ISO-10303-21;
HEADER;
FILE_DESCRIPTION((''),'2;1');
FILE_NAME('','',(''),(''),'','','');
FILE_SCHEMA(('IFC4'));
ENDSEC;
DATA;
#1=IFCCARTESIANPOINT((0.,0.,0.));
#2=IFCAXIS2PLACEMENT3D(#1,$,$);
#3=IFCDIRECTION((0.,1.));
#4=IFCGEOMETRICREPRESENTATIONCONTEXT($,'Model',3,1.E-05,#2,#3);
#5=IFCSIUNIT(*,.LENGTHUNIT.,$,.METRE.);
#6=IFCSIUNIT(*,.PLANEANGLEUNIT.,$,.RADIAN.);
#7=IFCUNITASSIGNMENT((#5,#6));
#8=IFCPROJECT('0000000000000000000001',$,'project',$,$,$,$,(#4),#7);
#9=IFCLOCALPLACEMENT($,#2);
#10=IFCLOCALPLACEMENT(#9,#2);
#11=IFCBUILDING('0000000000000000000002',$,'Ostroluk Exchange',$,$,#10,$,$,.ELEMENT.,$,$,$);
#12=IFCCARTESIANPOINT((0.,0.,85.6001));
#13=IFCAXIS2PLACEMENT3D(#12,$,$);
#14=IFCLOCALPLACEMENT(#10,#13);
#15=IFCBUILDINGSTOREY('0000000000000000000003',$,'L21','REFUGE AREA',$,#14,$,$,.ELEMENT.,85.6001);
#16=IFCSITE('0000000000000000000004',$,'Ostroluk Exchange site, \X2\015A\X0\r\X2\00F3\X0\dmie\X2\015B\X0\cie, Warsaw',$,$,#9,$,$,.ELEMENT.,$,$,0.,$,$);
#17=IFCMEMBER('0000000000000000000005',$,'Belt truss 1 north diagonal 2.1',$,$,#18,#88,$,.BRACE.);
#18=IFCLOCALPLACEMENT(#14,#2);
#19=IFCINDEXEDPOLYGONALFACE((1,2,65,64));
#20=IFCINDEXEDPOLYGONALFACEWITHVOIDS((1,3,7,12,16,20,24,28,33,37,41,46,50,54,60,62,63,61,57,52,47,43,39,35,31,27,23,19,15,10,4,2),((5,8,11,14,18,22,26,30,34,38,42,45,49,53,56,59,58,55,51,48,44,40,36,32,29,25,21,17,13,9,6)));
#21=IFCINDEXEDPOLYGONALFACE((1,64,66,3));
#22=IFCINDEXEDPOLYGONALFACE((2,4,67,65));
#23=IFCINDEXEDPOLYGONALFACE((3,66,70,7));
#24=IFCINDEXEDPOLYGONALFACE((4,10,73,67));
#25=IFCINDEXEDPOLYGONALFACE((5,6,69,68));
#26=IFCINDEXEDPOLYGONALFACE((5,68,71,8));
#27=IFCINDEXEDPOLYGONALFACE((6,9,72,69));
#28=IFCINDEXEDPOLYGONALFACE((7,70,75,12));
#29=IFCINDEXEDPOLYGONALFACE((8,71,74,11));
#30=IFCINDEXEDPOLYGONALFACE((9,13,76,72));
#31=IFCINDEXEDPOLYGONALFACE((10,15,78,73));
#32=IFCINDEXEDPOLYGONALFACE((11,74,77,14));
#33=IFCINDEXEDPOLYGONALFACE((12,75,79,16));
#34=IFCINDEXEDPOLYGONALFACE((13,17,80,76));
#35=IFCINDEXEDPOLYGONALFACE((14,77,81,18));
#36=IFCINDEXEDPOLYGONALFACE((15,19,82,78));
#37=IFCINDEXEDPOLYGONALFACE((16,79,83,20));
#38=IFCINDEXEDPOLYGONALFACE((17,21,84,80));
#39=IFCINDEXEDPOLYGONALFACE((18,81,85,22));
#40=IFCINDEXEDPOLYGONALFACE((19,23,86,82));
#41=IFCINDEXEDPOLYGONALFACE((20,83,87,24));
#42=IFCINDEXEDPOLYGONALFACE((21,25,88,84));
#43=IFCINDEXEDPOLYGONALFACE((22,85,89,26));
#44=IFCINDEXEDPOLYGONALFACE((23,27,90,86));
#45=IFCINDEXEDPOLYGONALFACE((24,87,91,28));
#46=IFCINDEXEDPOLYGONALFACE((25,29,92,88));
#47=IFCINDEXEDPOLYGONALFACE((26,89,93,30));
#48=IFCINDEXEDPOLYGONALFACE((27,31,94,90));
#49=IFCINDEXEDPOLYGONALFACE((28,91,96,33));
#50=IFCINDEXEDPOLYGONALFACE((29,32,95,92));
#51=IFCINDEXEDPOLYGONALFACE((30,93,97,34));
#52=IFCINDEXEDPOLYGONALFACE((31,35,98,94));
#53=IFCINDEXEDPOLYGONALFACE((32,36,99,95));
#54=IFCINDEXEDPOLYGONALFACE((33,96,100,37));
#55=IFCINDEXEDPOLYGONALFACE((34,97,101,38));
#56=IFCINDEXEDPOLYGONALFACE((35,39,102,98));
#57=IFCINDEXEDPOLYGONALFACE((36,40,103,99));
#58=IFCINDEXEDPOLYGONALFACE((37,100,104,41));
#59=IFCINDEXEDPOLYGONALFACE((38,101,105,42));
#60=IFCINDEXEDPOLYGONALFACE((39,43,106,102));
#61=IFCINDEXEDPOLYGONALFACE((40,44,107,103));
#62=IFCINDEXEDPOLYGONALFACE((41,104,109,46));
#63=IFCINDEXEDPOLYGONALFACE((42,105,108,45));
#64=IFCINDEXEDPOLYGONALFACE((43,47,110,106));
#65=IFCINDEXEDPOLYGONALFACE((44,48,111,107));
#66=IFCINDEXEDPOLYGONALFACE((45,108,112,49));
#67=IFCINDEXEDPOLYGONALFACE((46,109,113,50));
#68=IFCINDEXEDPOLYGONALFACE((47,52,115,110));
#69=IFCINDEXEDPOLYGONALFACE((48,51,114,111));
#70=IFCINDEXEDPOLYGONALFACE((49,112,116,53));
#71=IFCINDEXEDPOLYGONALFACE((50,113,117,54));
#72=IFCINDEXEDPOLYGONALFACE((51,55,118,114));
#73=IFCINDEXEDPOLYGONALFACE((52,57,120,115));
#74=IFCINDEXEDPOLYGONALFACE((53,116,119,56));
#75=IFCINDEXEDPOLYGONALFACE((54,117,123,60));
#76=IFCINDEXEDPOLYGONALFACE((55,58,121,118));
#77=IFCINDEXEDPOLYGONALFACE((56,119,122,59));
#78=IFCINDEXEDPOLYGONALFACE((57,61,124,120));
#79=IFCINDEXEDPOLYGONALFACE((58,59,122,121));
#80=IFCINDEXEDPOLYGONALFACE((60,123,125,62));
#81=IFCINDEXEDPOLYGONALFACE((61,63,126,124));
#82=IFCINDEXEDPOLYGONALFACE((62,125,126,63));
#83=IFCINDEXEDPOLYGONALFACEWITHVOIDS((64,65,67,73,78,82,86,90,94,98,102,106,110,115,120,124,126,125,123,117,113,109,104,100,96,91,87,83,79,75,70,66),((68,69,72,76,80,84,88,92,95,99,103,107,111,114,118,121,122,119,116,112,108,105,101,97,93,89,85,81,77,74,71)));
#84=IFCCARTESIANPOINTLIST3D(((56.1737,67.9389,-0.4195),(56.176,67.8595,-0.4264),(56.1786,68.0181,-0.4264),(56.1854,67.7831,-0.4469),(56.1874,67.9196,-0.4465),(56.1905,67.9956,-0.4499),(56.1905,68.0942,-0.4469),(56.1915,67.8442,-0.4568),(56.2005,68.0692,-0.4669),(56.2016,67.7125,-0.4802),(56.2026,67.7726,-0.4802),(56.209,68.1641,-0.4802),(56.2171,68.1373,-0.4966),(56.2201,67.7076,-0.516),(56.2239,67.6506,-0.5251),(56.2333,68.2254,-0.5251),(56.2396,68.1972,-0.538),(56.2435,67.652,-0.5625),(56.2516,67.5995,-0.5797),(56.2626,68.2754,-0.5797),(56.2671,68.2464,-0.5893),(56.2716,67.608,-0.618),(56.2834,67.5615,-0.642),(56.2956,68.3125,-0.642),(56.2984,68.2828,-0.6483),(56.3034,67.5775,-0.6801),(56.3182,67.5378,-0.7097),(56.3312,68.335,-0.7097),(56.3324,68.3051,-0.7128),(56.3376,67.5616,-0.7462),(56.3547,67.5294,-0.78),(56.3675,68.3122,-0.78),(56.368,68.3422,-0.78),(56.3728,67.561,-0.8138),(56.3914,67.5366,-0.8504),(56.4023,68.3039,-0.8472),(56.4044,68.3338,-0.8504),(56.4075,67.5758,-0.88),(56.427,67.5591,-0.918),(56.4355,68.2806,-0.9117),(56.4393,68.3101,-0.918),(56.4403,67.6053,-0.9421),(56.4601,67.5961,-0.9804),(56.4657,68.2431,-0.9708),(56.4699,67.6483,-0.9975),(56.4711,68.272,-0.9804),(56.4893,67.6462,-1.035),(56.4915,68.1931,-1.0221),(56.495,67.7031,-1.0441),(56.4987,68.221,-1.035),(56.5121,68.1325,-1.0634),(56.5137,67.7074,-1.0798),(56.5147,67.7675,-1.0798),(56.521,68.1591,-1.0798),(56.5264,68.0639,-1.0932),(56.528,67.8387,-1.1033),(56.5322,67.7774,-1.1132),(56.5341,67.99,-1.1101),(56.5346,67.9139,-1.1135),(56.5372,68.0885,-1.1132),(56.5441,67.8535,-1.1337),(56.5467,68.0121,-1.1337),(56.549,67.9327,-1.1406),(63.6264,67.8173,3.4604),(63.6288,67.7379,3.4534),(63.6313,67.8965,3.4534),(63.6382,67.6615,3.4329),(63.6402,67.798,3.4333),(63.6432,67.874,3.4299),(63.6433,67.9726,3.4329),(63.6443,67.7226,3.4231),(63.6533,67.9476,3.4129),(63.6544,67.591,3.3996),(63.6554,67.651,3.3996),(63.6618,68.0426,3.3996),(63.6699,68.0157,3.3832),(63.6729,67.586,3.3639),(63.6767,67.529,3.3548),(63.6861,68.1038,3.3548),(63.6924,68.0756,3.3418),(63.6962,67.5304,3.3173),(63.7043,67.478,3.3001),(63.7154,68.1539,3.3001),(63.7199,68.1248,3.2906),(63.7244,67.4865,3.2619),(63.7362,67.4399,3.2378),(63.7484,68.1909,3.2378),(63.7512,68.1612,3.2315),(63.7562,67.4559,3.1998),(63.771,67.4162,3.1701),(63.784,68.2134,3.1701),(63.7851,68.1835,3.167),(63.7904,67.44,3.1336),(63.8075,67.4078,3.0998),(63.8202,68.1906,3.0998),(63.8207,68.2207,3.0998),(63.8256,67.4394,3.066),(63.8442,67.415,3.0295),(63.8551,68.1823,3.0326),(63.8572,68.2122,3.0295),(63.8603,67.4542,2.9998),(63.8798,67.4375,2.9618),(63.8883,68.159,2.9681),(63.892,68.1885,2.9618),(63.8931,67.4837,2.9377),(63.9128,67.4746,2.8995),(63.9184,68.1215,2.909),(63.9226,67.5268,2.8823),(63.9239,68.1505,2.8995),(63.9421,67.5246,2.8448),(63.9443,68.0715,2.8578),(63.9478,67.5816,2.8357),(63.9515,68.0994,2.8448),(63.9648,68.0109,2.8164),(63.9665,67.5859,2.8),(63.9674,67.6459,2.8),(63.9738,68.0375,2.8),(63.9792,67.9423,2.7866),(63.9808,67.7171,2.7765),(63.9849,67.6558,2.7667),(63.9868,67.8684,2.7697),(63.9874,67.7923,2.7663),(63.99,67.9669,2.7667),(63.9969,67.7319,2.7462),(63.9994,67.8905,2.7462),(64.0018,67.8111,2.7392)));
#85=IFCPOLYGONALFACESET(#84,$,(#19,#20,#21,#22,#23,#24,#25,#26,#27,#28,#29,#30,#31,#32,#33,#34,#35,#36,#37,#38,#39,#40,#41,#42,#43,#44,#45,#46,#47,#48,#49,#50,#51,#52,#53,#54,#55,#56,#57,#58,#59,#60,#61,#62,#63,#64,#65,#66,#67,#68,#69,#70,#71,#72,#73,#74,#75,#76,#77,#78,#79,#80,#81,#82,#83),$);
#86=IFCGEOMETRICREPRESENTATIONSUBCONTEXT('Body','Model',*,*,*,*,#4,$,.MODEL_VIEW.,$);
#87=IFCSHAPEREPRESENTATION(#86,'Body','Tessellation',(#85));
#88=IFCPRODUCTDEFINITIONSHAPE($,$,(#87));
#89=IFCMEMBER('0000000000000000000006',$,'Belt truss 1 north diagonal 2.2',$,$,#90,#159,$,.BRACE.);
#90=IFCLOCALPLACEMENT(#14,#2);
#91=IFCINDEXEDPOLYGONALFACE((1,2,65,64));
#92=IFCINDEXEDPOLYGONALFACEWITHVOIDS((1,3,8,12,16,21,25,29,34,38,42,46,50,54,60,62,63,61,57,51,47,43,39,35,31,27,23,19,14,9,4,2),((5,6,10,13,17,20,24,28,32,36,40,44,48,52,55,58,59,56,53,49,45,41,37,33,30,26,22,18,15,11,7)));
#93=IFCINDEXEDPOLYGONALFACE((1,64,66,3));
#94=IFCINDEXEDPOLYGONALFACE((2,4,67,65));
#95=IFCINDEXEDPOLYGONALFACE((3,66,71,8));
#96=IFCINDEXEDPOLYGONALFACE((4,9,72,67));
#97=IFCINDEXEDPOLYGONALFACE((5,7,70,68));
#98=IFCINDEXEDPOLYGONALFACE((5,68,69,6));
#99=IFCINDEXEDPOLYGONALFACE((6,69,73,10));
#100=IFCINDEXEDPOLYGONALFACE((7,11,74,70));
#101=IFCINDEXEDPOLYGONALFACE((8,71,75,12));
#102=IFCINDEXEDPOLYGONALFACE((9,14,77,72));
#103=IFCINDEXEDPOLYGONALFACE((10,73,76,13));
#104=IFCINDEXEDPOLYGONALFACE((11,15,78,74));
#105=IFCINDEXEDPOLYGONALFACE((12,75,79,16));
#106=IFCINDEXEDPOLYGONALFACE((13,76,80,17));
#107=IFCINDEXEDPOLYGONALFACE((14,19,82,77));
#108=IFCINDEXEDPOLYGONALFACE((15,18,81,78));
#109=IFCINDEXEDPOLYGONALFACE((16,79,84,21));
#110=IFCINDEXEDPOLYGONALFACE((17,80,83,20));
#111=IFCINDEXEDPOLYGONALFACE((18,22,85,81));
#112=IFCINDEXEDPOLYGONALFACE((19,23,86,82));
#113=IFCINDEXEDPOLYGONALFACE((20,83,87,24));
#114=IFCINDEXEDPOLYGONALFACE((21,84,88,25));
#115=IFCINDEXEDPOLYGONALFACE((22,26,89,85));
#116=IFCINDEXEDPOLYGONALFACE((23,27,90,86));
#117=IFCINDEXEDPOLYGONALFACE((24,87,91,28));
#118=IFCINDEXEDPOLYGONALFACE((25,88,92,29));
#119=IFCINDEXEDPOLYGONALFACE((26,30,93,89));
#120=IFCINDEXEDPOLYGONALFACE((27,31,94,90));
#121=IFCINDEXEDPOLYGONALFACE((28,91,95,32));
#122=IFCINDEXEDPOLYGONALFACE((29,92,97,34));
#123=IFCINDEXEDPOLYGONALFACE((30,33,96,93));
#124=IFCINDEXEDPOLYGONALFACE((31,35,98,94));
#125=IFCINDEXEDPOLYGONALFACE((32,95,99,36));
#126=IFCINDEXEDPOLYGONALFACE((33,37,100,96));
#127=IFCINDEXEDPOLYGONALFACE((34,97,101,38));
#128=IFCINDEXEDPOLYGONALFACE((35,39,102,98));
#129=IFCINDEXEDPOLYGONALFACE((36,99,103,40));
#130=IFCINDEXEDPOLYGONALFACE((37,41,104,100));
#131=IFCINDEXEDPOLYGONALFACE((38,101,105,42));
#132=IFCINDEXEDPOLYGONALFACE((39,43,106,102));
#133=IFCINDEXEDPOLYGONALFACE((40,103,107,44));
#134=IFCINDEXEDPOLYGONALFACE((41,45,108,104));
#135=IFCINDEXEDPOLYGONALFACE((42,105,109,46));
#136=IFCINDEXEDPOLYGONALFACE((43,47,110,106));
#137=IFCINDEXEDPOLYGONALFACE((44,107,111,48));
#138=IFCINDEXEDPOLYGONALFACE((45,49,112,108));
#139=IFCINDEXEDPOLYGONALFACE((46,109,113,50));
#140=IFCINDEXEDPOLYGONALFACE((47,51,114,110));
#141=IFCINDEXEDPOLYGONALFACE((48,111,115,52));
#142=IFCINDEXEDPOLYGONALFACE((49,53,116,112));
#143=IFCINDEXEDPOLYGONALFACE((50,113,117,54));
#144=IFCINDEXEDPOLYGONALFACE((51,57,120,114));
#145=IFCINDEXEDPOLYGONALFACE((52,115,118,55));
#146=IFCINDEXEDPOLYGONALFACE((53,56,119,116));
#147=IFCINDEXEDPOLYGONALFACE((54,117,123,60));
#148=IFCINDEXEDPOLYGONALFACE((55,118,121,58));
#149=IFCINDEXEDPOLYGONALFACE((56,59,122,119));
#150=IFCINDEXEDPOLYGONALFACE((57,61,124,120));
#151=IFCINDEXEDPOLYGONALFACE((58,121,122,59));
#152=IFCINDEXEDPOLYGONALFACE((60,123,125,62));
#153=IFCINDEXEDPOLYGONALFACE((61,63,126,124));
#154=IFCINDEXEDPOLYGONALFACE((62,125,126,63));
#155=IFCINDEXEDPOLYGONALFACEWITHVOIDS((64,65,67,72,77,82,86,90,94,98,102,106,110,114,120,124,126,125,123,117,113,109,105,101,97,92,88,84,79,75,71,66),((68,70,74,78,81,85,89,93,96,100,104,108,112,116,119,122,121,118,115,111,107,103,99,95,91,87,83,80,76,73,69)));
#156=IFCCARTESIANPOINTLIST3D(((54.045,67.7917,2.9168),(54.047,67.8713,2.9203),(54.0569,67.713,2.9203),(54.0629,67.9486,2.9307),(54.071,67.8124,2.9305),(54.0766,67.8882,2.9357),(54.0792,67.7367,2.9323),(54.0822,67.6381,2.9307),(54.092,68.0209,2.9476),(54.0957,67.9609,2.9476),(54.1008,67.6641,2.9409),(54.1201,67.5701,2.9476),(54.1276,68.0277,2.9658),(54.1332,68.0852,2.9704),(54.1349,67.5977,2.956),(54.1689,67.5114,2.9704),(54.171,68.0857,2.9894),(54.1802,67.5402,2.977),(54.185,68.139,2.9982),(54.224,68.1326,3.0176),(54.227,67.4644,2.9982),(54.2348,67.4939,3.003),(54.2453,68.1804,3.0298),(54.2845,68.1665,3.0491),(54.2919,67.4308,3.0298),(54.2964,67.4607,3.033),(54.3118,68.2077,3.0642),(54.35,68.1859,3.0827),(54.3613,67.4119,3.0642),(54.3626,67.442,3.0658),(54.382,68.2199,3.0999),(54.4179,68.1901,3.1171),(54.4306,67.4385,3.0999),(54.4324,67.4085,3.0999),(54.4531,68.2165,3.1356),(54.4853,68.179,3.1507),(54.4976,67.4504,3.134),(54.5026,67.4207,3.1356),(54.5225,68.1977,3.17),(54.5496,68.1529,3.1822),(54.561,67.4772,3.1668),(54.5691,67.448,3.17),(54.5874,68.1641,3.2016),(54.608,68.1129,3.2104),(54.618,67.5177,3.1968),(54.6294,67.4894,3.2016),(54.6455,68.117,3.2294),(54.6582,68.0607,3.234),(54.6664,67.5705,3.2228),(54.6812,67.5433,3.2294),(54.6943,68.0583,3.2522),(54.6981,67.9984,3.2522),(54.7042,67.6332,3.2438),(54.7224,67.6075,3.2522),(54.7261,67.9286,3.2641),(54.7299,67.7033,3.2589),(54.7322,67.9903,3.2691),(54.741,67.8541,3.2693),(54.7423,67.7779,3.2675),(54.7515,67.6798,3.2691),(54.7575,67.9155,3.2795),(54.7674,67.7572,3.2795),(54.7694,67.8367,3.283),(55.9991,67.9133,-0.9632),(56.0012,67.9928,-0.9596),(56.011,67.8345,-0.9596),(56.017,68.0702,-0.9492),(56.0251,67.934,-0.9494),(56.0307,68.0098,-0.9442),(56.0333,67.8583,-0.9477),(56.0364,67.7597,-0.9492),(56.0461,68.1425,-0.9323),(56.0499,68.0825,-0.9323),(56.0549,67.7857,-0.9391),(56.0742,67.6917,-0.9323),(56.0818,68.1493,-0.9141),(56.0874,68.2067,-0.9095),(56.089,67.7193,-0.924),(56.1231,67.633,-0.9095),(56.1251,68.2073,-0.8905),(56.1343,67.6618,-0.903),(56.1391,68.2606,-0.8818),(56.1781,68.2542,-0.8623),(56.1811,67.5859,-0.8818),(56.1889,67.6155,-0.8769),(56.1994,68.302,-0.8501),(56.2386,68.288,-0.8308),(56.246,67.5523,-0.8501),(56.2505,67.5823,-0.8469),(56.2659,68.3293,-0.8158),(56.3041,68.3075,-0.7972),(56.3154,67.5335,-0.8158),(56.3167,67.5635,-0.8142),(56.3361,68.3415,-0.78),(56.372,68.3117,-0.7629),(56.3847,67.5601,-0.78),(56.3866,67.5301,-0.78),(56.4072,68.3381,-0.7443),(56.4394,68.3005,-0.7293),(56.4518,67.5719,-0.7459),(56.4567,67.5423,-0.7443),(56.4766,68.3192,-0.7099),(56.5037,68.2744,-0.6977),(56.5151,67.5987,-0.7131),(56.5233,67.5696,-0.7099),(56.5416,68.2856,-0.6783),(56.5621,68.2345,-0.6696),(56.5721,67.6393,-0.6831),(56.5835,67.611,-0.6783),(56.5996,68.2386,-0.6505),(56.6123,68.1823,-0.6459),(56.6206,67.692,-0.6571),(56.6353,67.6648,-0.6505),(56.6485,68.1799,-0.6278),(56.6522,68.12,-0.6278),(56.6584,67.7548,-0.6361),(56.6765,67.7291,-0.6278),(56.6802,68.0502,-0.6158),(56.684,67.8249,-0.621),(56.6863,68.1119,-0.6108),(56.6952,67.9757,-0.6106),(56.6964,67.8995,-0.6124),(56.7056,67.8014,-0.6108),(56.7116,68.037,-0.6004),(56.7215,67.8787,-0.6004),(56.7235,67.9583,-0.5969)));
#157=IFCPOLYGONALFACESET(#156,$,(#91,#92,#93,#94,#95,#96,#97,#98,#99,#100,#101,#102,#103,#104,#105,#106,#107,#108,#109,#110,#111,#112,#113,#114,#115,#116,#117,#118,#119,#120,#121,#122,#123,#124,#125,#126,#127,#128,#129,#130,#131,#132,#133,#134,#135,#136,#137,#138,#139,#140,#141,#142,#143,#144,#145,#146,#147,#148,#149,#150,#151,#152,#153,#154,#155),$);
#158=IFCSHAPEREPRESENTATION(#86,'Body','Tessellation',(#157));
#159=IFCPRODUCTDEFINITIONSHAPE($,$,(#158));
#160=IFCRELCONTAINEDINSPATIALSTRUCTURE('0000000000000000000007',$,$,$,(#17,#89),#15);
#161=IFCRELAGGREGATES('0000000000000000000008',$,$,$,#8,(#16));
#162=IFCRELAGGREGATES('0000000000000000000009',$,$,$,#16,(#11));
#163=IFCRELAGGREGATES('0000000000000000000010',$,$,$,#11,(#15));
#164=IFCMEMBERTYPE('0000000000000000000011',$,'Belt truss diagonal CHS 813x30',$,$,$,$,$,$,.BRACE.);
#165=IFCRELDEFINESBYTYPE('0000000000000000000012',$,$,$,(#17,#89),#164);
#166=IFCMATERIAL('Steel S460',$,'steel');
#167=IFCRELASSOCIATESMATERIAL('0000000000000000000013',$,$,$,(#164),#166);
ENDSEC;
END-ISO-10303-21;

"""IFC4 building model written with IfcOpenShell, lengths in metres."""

from ifc_helpers import new_model, si_unit, direction, frame, origin, origin_2d, place, context, subcontext, project, spatial, hollow_circle, extrude, material, material_profile, profile_set, type_object, element, save


model = new_model("IFC4")

# Units and contexts
model_context = context("Model", 3, precision=1e-05, world=origin(), true_north=direction((0.0, 1.0)))
body_context = subcontext(model_context, "Body", "Model", "MODEL_VIEW")
ifc_project = project(units=[si_unit("LENGTHUNIT", "METRE"), si_unit("PLANEANGLEUNIT", "RADIAN")], contexts=[model_context])

# Site, building, storey
site_placement = place(None, origin())
site = spatial("IfcSite", under=ifc_project, at=site_placement, Name="Ostroluk Exchange site, Śródmieście, Warsaw", CompositionType="ELEMENT", RefElevation=0.0)
building_placement = place(site_placement, origin())
building = spatial("IfcBuilding", under=site, at=building_placement, Name="Ostroluk Exchange", CompositionType="ELEMENT")
storey_placement = place(building_placement, frame((0.0, 0.0, 85.6001)))
storey = spatial("IfcBuildingStorey", under=building, at=storey_placement, Name="L21", Description="REFUGE AREA", CompositionType="ELEMENT", Elevation=85.6001)

# Members
ifc_material_1 = material(Name="Steel S460", Category="steel")
ifc_material_profile_1 = material_profile(ifc_material_1, hollow_circle(Radius=0.4065, WallThickness=0.03, at=origin_2d()), Name="CHS 813x30")
ifc_profile_set_1 = profile_set([ifc_material_profile_1], Name="Steel S460")
member_type_1 = type_object("IfcMemberType", Name="Belt truss diagonal CHS 813x30", PredefinedType="BRACE", material=ifc_profile_set_1)
member_1_placement = place(storey_placement, frame((56.3613, 67.9358, -0.78), z_axis=(0.88691, -0.014469, 0.461715), x_axis=(0.016311, 0.999867, 0.0)))
element("IfcMember", 1, at=member_1_placement, inside=storey, type_object=member_type_1, Name="Belt truss 1 north diagonal 2.1", PredefinedType="BRACE", context=body_context, shape_type="SweptSolid", body=[
    extrude(hollow_circle(Radius=0.4065, WallThickness=0.03, at=origin_2d()), origin(), (0.0, 0.0, 1.0), 8.4031),
])
member_2_placement = place(storey_placement, frame((56.3613, 67.9358, -0.78), z_axis=(-0.449643, -0.027976, 0.89277), x_axis=(0.062099, -0.99807, 0.0)))
element("IfcMember", 2, at=member_2_placement, inside=storey, type_object=member_type_1, Name="Belt truss 1 north diagonal 2.2", PredefinedType="BRACE", context=body_context, shape_type="SweptSolid", body=[
    extrude(hollow_circle(Radius=0.4065, WallThickness=0.03, at=origin_2d()), origin(), (0.0, 0.0, 1.0), 4.3459),
])

save(model, "model.ifc")
